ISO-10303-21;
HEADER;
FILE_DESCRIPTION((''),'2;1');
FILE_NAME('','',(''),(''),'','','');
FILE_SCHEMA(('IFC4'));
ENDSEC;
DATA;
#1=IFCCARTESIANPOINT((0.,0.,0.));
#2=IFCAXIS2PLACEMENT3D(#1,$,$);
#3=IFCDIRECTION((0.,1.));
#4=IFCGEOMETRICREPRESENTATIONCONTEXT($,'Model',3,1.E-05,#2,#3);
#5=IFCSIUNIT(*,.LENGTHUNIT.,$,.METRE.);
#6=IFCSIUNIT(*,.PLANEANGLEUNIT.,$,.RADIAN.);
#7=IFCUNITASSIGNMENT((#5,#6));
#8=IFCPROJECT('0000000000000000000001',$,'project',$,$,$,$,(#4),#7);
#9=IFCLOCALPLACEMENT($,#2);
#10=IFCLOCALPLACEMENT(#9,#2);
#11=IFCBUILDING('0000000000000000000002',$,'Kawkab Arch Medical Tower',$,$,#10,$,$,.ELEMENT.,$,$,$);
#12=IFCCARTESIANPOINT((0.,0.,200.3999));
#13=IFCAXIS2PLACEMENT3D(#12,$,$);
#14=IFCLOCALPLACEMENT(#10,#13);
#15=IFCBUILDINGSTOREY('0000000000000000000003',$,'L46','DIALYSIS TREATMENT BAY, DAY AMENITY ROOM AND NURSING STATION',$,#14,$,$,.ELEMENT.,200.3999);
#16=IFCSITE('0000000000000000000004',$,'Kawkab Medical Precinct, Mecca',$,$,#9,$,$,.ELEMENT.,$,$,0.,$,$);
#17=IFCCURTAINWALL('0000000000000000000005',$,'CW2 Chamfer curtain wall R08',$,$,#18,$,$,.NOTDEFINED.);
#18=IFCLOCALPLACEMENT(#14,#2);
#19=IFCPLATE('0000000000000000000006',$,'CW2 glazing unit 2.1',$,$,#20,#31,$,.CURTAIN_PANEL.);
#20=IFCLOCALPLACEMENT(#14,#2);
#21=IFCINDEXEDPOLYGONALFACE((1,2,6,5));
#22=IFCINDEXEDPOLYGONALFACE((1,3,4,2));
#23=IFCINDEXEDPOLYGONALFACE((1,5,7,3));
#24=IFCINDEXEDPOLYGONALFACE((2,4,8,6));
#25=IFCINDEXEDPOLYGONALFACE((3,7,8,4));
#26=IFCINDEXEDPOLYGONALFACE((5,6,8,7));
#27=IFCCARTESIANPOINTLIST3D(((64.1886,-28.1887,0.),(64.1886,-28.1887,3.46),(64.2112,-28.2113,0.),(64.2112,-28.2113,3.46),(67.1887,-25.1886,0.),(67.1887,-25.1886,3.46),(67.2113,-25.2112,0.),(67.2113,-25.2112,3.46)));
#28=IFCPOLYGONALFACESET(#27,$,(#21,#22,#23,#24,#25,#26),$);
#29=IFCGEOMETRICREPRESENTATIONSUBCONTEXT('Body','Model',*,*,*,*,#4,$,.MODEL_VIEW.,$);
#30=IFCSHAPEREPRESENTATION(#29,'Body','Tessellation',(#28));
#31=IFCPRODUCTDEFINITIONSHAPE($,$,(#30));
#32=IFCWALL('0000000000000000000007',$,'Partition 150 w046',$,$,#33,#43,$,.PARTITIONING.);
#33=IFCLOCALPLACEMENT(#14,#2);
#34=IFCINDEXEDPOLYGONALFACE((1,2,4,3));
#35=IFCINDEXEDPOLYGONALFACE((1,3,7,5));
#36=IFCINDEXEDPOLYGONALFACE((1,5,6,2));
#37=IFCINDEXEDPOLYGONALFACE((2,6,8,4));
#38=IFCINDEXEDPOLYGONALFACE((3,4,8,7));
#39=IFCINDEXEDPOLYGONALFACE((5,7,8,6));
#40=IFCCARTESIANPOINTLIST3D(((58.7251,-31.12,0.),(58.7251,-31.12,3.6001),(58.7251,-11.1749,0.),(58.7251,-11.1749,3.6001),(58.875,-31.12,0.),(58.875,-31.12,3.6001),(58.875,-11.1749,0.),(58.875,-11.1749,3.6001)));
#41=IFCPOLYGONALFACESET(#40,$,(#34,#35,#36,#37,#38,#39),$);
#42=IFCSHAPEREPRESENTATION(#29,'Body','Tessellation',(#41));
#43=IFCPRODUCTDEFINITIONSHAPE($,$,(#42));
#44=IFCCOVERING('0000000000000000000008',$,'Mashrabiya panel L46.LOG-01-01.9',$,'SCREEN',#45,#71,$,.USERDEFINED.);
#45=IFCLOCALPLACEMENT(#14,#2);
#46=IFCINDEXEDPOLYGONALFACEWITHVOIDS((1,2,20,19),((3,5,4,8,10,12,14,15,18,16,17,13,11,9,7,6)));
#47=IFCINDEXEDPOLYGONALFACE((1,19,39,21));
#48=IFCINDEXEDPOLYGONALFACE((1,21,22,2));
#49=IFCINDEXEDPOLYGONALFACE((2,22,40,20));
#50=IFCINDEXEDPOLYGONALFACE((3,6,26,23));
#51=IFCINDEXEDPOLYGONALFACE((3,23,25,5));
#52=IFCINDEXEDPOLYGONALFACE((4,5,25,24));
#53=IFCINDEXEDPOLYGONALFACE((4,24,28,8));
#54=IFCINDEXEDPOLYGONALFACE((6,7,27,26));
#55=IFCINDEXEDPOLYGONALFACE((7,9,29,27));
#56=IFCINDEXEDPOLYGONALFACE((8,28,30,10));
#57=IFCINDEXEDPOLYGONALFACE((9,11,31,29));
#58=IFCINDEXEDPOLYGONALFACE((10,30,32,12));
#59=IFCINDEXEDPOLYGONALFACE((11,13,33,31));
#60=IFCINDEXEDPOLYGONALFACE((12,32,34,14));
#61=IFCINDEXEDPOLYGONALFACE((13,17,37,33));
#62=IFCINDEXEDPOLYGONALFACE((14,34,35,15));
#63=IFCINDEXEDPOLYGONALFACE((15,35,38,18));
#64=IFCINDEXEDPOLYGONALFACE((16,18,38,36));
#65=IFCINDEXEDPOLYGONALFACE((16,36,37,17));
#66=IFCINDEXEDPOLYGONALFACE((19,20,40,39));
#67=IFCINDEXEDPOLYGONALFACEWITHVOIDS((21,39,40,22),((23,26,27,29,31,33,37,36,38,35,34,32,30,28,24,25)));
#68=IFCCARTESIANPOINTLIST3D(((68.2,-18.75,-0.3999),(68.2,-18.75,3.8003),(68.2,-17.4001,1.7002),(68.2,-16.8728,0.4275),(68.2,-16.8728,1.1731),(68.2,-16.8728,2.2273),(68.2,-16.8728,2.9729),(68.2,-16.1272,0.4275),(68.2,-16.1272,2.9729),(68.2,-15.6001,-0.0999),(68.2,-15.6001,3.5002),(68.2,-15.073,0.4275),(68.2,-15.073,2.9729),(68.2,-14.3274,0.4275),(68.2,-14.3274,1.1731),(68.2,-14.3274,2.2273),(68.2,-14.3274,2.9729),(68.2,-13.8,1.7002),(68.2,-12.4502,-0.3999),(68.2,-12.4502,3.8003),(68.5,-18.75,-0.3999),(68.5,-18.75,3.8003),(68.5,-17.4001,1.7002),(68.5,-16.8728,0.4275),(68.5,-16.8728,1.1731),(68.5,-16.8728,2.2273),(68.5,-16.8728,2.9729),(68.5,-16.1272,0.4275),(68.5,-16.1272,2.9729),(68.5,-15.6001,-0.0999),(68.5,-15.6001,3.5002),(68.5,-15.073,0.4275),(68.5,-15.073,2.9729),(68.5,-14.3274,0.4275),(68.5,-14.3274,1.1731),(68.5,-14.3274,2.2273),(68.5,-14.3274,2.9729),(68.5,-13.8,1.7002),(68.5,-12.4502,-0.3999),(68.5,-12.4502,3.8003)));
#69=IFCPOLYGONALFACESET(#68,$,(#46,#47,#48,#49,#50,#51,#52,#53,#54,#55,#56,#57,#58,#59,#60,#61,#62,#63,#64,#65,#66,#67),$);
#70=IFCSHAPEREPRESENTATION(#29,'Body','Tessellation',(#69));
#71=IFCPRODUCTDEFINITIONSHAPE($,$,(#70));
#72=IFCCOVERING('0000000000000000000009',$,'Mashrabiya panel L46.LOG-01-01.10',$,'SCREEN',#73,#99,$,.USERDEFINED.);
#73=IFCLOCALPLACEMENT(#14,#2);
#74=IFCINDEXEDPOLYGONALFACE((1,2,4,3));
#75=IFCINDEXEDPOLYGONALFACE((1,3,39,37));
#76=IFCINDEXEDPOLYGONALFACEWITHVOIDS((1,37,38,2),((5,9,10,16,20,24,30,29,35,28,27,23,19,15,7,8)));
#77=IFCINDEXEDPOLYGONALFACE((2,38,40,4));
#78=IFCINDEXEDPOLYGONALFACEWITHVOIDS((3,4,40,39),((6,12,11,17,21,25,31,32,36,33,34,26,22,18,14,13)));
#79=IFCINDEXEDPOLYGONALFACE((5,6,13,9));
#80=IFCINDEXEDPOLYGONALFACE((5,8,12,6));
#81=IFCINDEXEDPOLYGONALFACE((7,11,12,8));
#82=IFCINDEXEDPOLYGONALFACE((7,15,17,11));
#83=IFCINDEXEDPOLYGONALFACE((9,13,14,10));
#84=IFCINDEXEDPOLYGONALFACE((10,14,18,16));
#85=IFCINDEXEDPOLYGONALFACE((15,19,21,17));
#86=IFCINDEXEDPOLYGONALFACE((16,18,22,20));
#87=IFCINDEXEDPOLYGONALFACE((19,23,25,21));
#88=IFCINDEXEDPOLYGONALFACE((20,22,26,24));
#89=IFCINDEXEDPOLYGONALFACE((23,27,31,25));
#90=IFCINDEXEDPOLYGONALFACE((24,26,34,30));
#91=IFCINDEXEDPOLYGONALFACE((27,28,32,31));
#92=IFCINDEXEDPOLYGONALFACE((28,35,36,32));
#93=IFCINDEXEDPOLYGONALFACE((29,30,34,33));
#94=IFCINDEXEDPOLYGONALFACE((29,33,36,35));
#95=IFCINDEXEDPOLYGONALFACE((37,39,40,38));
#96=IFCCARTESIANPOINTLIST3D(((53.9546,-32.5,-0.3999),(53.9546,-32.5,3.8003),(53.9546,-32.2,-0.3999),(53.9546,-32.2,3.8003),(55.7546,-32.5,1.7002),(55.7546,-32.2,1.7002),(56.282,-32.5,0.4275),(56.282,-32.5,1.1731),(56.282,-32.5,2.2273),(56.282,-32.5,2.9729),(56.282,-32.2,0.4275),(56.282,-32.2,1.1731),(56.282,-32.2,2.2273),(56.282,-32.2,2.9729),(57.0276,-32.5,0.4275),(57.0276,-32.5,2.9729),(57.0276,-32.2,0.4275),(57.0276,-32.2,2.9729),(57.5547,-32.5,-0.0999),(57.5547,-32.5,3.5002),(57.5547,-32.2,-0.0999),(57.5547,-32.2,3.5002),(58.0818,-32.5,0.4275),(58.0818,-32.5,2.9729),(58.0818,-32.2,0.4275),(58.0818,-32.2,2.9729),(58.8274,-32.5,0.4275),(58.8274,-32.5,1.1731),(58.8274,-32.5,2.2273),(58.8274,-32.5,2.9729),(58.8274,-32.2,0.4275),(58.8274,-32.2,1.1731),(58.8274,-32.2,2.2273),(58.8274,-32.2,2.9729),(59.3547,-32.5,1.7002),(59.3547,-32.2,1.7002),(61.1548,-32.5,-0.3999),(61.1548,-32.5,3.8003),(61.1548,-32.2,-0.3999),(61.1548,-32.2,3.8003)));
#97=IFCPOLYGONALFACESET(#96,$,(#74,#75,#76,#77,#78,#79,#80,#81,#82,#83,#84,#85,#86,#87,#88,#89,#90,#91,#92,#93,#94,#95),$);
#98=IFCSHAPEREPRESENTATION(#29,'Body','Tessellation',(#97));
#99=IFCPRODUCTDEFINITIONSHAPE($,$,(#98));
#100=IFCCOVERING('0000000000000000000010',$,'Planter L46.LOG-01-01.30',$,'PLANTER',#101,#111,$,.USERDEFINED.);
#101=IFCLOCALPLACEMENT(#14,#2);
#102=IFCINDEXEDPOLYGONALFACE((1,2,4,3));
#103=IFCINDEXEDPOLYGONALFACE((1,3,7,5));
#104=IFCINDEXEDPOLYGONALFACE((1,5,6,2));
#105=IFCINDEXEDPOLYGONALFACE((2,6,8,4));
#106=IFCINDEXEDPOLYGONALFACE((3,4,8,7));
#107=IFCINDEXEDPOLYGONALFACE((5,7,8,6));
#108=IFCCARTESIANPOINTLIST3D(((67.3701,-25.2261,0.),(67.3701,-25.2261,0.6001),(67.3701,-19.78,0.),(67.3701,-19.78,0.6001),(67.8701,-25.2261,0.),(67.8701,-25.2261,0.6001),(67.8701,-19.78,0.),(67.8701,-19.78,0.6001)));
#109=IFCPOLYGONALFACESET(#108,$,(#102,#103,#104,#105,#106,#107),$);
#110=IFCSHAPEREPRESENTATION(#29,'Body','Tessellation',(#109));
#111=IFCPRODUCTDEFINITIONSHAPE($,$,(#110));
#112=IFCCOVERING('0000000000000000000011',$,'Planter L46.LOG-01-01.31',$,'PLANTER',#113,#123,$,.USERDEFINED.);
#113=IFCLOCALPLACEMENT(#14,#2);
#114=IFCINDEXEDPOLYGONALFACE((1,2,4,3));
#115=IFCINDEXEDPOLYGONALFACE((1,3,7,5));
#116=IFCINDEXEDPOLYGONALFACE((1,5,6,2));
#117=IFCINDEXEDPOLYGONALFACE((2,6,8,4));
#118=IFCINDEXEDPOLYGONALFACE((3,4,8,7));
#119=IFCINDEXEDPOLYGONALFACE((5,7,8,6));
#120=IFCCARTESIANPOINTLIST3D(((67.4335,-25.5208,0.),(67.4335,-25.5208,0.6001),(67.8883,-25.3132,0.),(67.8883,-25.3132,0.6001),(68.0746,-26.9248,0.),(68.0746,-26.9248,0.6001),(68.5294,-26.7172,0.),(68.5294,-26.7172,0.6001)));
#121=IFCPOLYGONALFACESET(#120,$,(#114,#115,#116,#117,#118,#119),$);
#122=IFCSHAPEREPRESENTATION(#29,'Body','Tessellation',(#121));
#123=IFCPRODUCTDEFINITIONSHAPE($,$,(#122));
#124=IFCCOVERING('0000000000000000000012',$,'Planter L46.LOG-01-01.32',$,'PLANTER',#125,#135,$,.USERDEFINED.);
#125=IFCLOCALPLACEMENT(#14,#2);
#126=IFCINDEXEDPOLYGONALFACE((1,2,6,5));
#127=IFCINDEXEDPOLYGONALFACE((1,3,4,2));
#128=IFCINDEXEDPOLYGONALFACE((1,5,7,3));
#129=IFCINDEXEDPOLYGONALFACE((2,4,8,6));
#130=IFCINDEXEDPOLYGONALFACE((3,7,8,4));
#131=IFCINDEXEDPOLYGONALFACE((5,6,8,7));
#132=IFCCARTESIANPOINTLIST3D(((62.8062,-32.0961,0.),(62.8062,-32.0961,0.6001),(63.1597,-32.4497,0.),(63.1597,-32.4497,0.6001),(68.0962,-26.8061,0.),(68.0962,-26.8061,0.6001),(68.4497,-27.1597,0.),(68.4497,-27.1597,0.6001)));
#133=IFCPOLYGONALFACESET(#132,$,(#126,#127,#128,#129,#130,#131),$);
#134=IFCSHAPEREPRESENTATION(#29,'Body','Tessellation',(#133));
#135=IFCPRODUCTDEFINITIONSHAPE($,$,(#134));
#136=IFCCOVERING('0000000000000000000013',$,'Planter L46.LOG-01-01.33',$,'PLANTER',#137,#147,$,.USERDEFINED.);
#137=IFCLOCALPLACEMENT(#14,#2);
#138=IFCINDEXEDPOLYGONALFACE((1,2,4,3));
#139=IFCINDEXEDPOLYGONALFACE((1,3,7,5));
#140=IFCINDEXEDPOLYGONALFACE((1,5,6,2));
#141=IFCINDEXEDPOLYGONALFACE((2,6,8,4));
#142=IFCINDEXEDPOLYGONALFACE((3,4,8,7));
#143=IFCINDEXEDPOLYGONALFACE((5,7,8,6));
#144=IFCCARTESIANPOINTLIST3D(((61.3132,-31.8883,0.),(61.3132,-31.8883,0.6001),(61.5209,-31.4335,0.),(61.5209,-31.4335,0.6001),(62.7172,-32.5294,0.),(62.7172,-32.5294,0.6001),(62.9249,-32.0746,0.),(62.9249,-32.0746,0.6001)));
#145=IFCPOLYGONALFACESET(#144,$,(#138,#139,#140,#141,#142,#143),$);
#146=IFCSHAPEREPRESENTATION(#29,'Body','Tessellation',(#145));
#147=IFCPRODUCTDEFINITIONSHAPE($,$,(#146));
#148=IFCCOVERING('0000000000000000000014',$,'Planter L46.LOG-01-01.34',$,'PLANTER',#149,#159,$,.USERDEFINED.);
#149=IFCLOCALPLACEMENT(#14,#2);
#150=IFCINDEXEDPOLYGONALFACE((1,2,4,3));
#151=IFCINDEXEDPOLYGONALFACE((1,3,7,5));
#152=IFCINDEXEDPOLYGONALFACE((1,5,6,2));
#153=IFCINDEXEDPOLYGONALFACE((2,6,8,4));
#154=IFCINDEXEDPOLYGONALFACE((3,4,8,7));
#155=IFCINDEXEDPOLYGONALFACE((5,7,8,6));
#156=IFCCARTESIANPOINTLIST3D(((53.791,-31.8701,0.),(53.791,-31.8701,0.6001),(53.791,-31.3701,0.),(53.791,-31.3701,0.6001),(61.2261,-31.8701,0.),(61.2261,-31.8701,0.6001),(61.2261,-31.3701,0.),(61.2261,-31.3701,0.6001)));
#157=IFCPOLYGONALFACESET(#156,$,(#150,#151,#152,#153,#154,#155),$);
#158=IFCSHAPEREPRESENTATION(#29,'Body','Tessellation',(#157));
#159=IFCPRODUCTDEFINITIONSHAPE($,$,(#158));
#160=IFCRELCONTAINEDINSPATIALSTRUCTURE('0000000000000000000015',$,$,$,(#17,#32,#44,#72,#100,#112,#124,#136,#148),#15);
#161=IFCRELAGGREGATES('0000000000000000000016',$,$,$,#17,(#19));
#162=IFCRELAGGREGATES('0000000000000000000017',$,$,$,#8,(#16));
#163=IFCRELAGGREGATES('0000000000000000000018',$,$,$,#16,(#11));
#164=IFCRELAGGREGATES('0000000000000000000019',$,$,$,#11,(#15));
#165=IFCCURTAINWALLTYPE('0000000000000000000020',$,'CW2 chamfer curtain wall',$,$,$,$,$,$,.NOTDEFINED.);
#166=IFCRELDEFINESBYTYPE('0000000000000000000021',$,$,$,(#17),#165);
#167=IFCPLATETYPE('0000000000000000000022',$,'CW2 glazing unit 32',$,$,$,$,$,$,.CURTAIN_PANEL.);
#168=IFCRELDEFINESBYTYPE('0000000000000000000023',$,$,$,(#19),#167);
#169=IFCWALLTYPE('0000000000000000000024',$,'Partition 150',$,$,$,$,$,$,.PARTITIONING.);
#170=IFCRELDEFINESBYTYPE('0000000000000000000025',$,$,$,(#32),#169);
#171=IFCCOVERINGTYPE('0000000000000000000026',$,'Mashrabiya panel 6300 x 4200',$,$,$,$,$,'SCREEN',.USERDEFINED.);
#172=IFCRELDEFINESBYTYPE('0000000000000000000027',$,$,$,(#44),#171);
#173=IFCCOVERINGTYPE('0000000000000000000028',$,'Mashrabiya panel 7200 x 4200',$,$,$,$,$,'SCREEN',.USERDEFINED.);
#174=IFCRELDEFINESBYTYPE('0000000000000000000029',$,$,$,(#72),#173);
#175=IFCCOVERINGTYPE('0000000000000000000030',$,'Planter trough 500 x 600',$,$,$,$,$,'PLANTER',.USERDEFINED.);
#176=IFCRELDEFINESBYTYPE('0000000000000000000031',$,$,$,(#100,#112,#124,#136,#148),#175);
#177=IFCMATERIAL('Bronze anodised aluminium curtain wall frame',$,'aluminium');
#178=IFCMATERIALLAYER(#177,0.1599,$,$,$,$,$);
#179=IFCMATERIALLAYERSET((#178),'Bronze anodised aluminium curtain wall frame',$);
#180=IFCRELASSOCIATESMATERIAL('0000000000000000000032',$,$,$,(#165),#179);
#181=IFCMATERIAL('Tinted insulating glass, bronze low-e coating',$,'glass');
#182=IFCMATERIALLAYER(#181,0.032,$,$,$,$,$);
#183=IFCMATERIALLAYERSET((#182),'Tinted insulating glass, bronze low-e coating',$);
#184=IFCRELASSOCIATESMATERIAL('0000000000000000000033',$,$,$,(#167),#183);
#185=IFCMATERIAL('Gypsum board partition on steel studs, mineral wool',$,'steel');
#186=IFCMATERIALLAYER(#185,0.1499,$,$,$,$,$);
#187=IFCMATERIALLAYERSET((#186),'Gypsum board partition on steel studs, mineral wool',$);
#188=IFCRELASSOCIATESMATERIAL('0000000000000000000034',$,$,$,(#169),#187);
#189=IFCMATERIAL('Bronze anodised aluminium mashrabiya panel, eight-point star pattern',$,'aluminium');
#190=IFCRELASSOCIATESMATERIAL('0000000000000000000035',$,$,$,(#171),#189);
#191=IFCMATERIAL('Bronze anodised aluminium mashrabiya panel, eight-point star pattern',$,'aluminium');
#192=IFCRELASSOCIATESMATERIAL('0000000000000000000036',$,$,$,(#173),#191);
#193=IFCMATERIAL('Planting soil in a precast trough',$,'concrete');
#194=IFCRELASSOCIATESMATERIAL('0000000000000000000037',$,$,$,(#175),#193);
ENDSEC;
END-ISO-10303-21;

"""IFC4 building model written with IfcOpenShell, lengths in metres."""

from ifc_helpers import new_model, si_unit, direction, frame, frame_2d, origin, origin_2d, place, context, subcontext, project, spatial, polyline, rectangle, outline, extrude, material, layer, layer_set, material_profile, profile_set, type_object, element, aggregate, save


model = new_model("IFC4")

# Units and contexts
model_context = context("Model", 3, precision=1e-05, world=origin(), true_north=direction((0.0, 1.0)))
body_context = subcontext(model_context, "Body", "Model", "MODEL_VIEW")
ifc_project = project(units=[si_unit("LENGTHUNIT", "METRE"), si_unit("PLANEANGLEUNIT", "RADIAN")], contexts=[model_context])

# Site, building, storey
site_placement = place(None, origin())
site = spatial("IfcSite", under=ifc_project, at=site_placement, Name="Kawkab Medical Precinct, Mecca", CompositionType="ELEMENT", RefElevation=0.0)
building_placement = place(site_placement, origin())
building = spatial("IfcBuilding", under=site, at=building_placement, Name="Kawkab Arch Medical Tower", CompositionType="ELEMENT")
storey_placement = place(building_placement, frame((0.0, 0.0, 200.3999)))
storey = spatial("IfcBuildingStorey", under=building, at=storey_placement, Name="L46", Description="DIALYSIS TREATMENT BAY, DAY AMENITY ROOM AND NURSING STATION", CompositionType="ELEMENT", Elevation=200.3999)

# Shared definitions
placement = place(storey_placement, origin())

# Curtain wall
ifc_material_1 = material(Name="Bronze anodised aluminium curtain wall frame", Category="aluminium")
ifc_layer_1 = layer(ifc_material_1, 0.1599)
ifc_layer_set_1 = layer_set([ifc_layer_1], Name="Bronze anodised aluminium curtain wall frame")
curtain_wall_type_1 = type_object("IfcCurtainWallType", Name="CW2 chamfer curtain wall", PredefinedType="NOTDEFINED", material=ifc_layer_set_1)
curtain_wall_1 = element("IfcCurtainWall", 1, at=placement, inside=storey, type_object=curtain_wall_type_1, Name="CW2 Chamfer curtain wall R08", PredefinedType="NOTDEFINED")

# Plate
ifc_material_2 = material(Name="Tinted insulating glass, bronze low-e coating", Category="glass")
ifc_layer_2 = layer(ifc_material_2, 0.032)
ifc_layer_set_2 = layer_set([ifc_layer_2], Name="Tinted insulating glass, bronze low-e coating")
plate_type_1 = type_object("IfcPlateType", Name="CW2 glazing unit 32", PredefinedType="CURTAIN_PANEL", material=ifc_layer_set_2)
plate_1_placement = place(storey_placement, frame((65.7, -26.7, 0.0), z_axis=(0.0, 0.0, 1.0), x_axis=(0.707107, 0.707107, 0.0)))
plate_1 = element("IfcPlate", 2, at=plate_1_placement, type_object=plate_type_1, Name="CW2 glazing unit 2.1", PredefinedType="CURTAIN_PANEL", context=body_context, shape_type="SweptSolid", body=[
    extrude(rectangle(XDim=4.2427, YDim=0.032, at=origin_2d()), origin(), (0.0, 0.0, 1.0), 3.46),
])
aggregate(curtain_wall_1, [plate_1])

# Wall
ifc_material_3 = material(Name="Gypsum board partition on steel studs, mineral wool", Category="steel")
ifc_layer_3 = layer(ifc_material_3, 0.1499)
ifc_layer_set_3 = layer_set([ifc_layer_3], Name="Gypsum board partition on steel studs, mineral wool")
wall_type = type_object("IfcWallType", Name="Partition 150", PredefinedType="PARTITIONING", material=ifc_layer_set_3)
wall_placement = place(storey_placement, frame((58.8, -31.1201, 0.0), z_axis=(0.0, 0.0, 1.0), x_axis=(0.0, 1.0, 0.0)))
element("IfcWall", 3, at=wall_placement, inside=storey, type_object=wall_type, Name="Partition 150 w046", PredefinedType="PARTITIONING", context=body_context, shape_type="SweptSolid", body=[
    extrude(rectangle(XDim=19.9451, YDim=0.1499, at=frame_2d((9.9727, 0.0))), origin(), (0.0, 0.0, 1.0), 3.6001),
])

# Coverings
ifc_material_4 = material(Name="Bronze anodised aluminium mashrabiya panel, eight-point star pattern", Category="aluminium")
ifc_material_profile_1 = material_profile(ifc_material_4, outline(polyline([(-3.1499, -2.1001), (3.1499, -2.1001), (3.1499, 2.1001), (-3.1499, 2.1001), (-3.1499, -2.1001)]), holes=[polyline([(1.8, 0.0), (1.2727, 0.5271), (1.2727, 1.2727), (0.5271, 1.2727), (0.0, 1.8), (-0.5271, 1.2727), (-1.2727, 1.2727), (-1.2727, 0.5271), (-1.8, 0.0), (-1.2727, -0.5271), (-1.2727, -1.2727), (-0.5271, -1.2727), (0.0, -1.8), (0.5271, -1.2727), (1.2727, -1.2727), (1.2727, -0.5271), (1.8, 0.0)])]), Name="Mashrabiya panel 6300x4200")
ifc_profile_set_1 = profile_set([ifc_material_profile_1], Name="Bronze anodised aluminium mashrabiya panel, eight-point star pattern")
covering_type_1 = type_object("IfcCoveringType", Name="Mashrabiya panel 6300 x 4200", ElementType="SCREEN", PredefinedType="USERDEFINED", material=ifc_profile_set_1)
covering_1_placement = place(storey_placement, frame((68.2, -15.6001, 1.7002), z_axis=(1.0, 0.0, 0.0), x_axis=(0.0, 1.0, 0.0)))
element("IfcCovering", 4, at=covering_1_placement, inside=storey, type_object=covering_type_1, Name="Mashrabiya panel L46.LOG-01-01.9", ObjectType="SCREEN", PredefinedType="USERDEFINED", context=body_context, shape_type="SweptSolid", body=[
    extrude(outline(polyline([(-3.1499, -2.1001), (3.1499, -2.1001), (3.1499, 2.1001), (-3.1499, 2.1001), (-3.1499, -2.1001)]), holes=[polyline([(1.8, 0.0), (1.2727, 0.5271), (1.2727, 1.2727), (0.5271, 1.2727), (0.0, 1.8), (-0.5271, 1.2727), (-1.2727, 1.2727), (-1.2727, 0.5271), (-1.8, 0.0), (-1.2727, -0.5271), (-1.2727, -1.2727), (-0.5271, -1.2727), (0.0, -1.8), (0.5271, -1.2727), (1.2727, -1.2727), (1.2727, -0.5271), (1.8, 0.0)])]), origin(), (0.0, 0.0, 1.0), 0.3),
])
ifc_material_5 = material(Name="Bronze anodised aluminium mashrabiya panel, eight-point star pattern", Category="aluminium")
ifc_material_profile_2 = material_profile(ifc_material_5, outline(polyline([(-3.6001, -2.1001), (3.6001, -2.1001), (3.6001, 2.1001), (-3.6001, 2.1001), (-3.6001, -2.1001)]), holes=[polyline([(1.8, 0.0), (1.2727, 0.5271), (1.2727, 1.2727), (0.5271, 1.2727), (0.0, 1.8), (-0.5271, 1.2727), (-1.2727, 1.2727), (-1.2727, 0.5271), (-1.8, 0.0), (-1.2727, -0.5271), (-1.2727, -1.2727), (-0.5271, -1.2727), (0.0, -1.8), (0.5271, -1.2727), (1.2727, -1.2727), (1.2727, -0.5271), (1.8, 0.0)])]), Name="Mashrabiya panel 7200x4200")
ifc_profile_set_2 = profile_set([ifc_material_profile_2], Name="Bronze anodised aluminium mashrabiya panel, eight-point star pattern")
covering_type_2 = type_object("IfcCoveringType", Name="Mashrabiya panel 7200 x 4200", ElementType="SCREEN", PredefinedType="USERDEFINED", material=ifc_profile_set_2)
covering_2_placement = place(storey_placement, frame((57.5547, -32.2, 1.7002), z_axis=(0.0, -1.0, 0.0), x_axis=(1.0, 0.0, 0.0)))
element("IfcCovering", 5, at=covering_2_placement, inside=storey, type_object=covering_type_2, Name="Mashrabiya panel L46.LOG-01-01.10", ObjectType="SCREEN", PredefinedType="USERDEFINED", context=body_context, shape_type="SweptSolid", body=[
    extrude(outline(polyline([(-3.6001, -2.1001), (3.6001, -2.1001), (3.6001, 2.1001), (-3.6001, 2.1001), (-3.6001, -2.1001)]), holes=[polyline([(1.8, 0.0), (1.2727, 0.5271), (1.2727, 1.2727), (0.5271, 1.2727), (0.0, 1.8), (-0.5271, 1.2727), (-1.2727, 1.2727), (-1.2727, 0.5271), (-1.8, 0.0), (-1.2727, -0.5271), (-1.2727, -1.2727), (-0.5271, -1.2727), (0.0, -1.8), (0.5271, -1.2727), (1.2727, -1.2727), (1.2727, -0.5271), (1.8, 0.0)])]), origin(), (0.0, 0.0, 1.0), 0.3),
])
ifc_material_6 = material(Name="Planting soil in a precast trough", Category="concrete")
ifc_material_profile_3 = material_profile(ifc_material_6, rectangle(XDim=0.5, YDim=0.6001, at=origin_2d()), Name="Trough 500x600")
ifc_profile_set_3 = profile_set([ifc_material_profile_3], Name="Planting soil in a precast trough")
covering_type_3 = type_object("IfcCoveringType", Name="Planter trough 500 x 600", ElementType="PLANTER", PredefinedType="USERDEFINED", material=ifc_profile_set_3)
covering_3_placement = place(storey_placement, frame((67.6201, -19.78, 0.3), z_axis=(0.0, -1.0, 0.0), x_axis=(1.0, 0.0, 0.0)))
element("IfcCovering", 6, at=covering_3_placement, inside=storey, type_object=covering_type_3, Name="Planter L46.LOG-01-01.30", ObjectType="PLANTER", PredefinedType="USERDEFINED", context=body_context, shape_type="SweptSolid", body=[
    extrude(rectangle(XDim=0.5, YDim=0.6001, at=origin_2d()), origin(), (0.0, 0.0, 1.0), 5.446),
])
covering_4_placement = place(storey_placement, frame((67.6609, -25.417, 0.3), z_axis=(0.415363, -0.909656, 0.0), x_axis=(0.909656, 0.415363, 0.0)))
element("IfcCovering", 7, at=covering_4_placement, inside=storey, type_object=covering_type_3, Name="Planter L46.LOG-01-01.31", ObjectType="PLANTER", PredefinedType="USERDEFINED", context=body_context, shape_type="SweptSolid", body=[
    extrude(rectangle(XDim=0.5, YDim=0.6001, at=origin_2d()), origin(), (0.0, 0.0, 1.0), 1.5435),
])
covering_5_placement = place(storey_placement, frame((68.2729, -26.9829, 0.3), z_axis=(-0.707107, -0.707107, 0.0), x_axis=(0.707107, -0.707107, 0.0)))
element("IfcCovering", 8, at=covering_5_placement, inside=storey, type_object=covering_type_3, Name="Planter L46.LOG-01-01.32", ObjectType="PLANTER", PredefinedType="USERDEFINED", context=body_context, shape_type="SweptSolid", body=[
    extrude(rectangle(XDim=0.5, YDim=0.6001, at=origin_2d()), origin(), (0.0, 0.0, 1.0), 7.4812),
])
covering_6_placement = place(storey_placement, frame((62.821, -32.302, 0.3), z_axis=(-0.909656, 0.415363, 0.0), x_axis=(-0.415363, -0.909656, 0.0)))
element("IfcCovering", 9, at=covering_6_placement, inside=storey, type_object=covering_type_3, Name="Planter L46.LOG-01-01.33", ObjectType="PLANTER", PredefinedType="USERDEFINED", context=body_context, shape_type="SweptSolid", body=[
    extrude(rectangle(XDim=0.5, YDim=0.6001, at=origin_2d()), origin(), (0.0, 0.0, 1.0), 1.5435),
])
covering_7_placement = place(storey_placement, frame((61.2261, -31.6201, 0.3), z_axis=(-1.0, 0.0, 0.0), x_axis=(0.0, -1.0, 0.0)))
element("IfcCovering", 10, at=covering_7_placement, inside=storey, type_object=covering_type_3, Name="Planter L46.LOG-01-01.34", ObjectType="PLANTER", PredefinedType="USERDEFINED", context=body_context, shape_type="SweptSolid", body=[
    extrude(rectangle(XDim=0.5, YDim=0.6001, at=origin_2d()), origin(), (0.0, 0.0, 1.0), 7.4351),
])

save(model, "model.ifc")
